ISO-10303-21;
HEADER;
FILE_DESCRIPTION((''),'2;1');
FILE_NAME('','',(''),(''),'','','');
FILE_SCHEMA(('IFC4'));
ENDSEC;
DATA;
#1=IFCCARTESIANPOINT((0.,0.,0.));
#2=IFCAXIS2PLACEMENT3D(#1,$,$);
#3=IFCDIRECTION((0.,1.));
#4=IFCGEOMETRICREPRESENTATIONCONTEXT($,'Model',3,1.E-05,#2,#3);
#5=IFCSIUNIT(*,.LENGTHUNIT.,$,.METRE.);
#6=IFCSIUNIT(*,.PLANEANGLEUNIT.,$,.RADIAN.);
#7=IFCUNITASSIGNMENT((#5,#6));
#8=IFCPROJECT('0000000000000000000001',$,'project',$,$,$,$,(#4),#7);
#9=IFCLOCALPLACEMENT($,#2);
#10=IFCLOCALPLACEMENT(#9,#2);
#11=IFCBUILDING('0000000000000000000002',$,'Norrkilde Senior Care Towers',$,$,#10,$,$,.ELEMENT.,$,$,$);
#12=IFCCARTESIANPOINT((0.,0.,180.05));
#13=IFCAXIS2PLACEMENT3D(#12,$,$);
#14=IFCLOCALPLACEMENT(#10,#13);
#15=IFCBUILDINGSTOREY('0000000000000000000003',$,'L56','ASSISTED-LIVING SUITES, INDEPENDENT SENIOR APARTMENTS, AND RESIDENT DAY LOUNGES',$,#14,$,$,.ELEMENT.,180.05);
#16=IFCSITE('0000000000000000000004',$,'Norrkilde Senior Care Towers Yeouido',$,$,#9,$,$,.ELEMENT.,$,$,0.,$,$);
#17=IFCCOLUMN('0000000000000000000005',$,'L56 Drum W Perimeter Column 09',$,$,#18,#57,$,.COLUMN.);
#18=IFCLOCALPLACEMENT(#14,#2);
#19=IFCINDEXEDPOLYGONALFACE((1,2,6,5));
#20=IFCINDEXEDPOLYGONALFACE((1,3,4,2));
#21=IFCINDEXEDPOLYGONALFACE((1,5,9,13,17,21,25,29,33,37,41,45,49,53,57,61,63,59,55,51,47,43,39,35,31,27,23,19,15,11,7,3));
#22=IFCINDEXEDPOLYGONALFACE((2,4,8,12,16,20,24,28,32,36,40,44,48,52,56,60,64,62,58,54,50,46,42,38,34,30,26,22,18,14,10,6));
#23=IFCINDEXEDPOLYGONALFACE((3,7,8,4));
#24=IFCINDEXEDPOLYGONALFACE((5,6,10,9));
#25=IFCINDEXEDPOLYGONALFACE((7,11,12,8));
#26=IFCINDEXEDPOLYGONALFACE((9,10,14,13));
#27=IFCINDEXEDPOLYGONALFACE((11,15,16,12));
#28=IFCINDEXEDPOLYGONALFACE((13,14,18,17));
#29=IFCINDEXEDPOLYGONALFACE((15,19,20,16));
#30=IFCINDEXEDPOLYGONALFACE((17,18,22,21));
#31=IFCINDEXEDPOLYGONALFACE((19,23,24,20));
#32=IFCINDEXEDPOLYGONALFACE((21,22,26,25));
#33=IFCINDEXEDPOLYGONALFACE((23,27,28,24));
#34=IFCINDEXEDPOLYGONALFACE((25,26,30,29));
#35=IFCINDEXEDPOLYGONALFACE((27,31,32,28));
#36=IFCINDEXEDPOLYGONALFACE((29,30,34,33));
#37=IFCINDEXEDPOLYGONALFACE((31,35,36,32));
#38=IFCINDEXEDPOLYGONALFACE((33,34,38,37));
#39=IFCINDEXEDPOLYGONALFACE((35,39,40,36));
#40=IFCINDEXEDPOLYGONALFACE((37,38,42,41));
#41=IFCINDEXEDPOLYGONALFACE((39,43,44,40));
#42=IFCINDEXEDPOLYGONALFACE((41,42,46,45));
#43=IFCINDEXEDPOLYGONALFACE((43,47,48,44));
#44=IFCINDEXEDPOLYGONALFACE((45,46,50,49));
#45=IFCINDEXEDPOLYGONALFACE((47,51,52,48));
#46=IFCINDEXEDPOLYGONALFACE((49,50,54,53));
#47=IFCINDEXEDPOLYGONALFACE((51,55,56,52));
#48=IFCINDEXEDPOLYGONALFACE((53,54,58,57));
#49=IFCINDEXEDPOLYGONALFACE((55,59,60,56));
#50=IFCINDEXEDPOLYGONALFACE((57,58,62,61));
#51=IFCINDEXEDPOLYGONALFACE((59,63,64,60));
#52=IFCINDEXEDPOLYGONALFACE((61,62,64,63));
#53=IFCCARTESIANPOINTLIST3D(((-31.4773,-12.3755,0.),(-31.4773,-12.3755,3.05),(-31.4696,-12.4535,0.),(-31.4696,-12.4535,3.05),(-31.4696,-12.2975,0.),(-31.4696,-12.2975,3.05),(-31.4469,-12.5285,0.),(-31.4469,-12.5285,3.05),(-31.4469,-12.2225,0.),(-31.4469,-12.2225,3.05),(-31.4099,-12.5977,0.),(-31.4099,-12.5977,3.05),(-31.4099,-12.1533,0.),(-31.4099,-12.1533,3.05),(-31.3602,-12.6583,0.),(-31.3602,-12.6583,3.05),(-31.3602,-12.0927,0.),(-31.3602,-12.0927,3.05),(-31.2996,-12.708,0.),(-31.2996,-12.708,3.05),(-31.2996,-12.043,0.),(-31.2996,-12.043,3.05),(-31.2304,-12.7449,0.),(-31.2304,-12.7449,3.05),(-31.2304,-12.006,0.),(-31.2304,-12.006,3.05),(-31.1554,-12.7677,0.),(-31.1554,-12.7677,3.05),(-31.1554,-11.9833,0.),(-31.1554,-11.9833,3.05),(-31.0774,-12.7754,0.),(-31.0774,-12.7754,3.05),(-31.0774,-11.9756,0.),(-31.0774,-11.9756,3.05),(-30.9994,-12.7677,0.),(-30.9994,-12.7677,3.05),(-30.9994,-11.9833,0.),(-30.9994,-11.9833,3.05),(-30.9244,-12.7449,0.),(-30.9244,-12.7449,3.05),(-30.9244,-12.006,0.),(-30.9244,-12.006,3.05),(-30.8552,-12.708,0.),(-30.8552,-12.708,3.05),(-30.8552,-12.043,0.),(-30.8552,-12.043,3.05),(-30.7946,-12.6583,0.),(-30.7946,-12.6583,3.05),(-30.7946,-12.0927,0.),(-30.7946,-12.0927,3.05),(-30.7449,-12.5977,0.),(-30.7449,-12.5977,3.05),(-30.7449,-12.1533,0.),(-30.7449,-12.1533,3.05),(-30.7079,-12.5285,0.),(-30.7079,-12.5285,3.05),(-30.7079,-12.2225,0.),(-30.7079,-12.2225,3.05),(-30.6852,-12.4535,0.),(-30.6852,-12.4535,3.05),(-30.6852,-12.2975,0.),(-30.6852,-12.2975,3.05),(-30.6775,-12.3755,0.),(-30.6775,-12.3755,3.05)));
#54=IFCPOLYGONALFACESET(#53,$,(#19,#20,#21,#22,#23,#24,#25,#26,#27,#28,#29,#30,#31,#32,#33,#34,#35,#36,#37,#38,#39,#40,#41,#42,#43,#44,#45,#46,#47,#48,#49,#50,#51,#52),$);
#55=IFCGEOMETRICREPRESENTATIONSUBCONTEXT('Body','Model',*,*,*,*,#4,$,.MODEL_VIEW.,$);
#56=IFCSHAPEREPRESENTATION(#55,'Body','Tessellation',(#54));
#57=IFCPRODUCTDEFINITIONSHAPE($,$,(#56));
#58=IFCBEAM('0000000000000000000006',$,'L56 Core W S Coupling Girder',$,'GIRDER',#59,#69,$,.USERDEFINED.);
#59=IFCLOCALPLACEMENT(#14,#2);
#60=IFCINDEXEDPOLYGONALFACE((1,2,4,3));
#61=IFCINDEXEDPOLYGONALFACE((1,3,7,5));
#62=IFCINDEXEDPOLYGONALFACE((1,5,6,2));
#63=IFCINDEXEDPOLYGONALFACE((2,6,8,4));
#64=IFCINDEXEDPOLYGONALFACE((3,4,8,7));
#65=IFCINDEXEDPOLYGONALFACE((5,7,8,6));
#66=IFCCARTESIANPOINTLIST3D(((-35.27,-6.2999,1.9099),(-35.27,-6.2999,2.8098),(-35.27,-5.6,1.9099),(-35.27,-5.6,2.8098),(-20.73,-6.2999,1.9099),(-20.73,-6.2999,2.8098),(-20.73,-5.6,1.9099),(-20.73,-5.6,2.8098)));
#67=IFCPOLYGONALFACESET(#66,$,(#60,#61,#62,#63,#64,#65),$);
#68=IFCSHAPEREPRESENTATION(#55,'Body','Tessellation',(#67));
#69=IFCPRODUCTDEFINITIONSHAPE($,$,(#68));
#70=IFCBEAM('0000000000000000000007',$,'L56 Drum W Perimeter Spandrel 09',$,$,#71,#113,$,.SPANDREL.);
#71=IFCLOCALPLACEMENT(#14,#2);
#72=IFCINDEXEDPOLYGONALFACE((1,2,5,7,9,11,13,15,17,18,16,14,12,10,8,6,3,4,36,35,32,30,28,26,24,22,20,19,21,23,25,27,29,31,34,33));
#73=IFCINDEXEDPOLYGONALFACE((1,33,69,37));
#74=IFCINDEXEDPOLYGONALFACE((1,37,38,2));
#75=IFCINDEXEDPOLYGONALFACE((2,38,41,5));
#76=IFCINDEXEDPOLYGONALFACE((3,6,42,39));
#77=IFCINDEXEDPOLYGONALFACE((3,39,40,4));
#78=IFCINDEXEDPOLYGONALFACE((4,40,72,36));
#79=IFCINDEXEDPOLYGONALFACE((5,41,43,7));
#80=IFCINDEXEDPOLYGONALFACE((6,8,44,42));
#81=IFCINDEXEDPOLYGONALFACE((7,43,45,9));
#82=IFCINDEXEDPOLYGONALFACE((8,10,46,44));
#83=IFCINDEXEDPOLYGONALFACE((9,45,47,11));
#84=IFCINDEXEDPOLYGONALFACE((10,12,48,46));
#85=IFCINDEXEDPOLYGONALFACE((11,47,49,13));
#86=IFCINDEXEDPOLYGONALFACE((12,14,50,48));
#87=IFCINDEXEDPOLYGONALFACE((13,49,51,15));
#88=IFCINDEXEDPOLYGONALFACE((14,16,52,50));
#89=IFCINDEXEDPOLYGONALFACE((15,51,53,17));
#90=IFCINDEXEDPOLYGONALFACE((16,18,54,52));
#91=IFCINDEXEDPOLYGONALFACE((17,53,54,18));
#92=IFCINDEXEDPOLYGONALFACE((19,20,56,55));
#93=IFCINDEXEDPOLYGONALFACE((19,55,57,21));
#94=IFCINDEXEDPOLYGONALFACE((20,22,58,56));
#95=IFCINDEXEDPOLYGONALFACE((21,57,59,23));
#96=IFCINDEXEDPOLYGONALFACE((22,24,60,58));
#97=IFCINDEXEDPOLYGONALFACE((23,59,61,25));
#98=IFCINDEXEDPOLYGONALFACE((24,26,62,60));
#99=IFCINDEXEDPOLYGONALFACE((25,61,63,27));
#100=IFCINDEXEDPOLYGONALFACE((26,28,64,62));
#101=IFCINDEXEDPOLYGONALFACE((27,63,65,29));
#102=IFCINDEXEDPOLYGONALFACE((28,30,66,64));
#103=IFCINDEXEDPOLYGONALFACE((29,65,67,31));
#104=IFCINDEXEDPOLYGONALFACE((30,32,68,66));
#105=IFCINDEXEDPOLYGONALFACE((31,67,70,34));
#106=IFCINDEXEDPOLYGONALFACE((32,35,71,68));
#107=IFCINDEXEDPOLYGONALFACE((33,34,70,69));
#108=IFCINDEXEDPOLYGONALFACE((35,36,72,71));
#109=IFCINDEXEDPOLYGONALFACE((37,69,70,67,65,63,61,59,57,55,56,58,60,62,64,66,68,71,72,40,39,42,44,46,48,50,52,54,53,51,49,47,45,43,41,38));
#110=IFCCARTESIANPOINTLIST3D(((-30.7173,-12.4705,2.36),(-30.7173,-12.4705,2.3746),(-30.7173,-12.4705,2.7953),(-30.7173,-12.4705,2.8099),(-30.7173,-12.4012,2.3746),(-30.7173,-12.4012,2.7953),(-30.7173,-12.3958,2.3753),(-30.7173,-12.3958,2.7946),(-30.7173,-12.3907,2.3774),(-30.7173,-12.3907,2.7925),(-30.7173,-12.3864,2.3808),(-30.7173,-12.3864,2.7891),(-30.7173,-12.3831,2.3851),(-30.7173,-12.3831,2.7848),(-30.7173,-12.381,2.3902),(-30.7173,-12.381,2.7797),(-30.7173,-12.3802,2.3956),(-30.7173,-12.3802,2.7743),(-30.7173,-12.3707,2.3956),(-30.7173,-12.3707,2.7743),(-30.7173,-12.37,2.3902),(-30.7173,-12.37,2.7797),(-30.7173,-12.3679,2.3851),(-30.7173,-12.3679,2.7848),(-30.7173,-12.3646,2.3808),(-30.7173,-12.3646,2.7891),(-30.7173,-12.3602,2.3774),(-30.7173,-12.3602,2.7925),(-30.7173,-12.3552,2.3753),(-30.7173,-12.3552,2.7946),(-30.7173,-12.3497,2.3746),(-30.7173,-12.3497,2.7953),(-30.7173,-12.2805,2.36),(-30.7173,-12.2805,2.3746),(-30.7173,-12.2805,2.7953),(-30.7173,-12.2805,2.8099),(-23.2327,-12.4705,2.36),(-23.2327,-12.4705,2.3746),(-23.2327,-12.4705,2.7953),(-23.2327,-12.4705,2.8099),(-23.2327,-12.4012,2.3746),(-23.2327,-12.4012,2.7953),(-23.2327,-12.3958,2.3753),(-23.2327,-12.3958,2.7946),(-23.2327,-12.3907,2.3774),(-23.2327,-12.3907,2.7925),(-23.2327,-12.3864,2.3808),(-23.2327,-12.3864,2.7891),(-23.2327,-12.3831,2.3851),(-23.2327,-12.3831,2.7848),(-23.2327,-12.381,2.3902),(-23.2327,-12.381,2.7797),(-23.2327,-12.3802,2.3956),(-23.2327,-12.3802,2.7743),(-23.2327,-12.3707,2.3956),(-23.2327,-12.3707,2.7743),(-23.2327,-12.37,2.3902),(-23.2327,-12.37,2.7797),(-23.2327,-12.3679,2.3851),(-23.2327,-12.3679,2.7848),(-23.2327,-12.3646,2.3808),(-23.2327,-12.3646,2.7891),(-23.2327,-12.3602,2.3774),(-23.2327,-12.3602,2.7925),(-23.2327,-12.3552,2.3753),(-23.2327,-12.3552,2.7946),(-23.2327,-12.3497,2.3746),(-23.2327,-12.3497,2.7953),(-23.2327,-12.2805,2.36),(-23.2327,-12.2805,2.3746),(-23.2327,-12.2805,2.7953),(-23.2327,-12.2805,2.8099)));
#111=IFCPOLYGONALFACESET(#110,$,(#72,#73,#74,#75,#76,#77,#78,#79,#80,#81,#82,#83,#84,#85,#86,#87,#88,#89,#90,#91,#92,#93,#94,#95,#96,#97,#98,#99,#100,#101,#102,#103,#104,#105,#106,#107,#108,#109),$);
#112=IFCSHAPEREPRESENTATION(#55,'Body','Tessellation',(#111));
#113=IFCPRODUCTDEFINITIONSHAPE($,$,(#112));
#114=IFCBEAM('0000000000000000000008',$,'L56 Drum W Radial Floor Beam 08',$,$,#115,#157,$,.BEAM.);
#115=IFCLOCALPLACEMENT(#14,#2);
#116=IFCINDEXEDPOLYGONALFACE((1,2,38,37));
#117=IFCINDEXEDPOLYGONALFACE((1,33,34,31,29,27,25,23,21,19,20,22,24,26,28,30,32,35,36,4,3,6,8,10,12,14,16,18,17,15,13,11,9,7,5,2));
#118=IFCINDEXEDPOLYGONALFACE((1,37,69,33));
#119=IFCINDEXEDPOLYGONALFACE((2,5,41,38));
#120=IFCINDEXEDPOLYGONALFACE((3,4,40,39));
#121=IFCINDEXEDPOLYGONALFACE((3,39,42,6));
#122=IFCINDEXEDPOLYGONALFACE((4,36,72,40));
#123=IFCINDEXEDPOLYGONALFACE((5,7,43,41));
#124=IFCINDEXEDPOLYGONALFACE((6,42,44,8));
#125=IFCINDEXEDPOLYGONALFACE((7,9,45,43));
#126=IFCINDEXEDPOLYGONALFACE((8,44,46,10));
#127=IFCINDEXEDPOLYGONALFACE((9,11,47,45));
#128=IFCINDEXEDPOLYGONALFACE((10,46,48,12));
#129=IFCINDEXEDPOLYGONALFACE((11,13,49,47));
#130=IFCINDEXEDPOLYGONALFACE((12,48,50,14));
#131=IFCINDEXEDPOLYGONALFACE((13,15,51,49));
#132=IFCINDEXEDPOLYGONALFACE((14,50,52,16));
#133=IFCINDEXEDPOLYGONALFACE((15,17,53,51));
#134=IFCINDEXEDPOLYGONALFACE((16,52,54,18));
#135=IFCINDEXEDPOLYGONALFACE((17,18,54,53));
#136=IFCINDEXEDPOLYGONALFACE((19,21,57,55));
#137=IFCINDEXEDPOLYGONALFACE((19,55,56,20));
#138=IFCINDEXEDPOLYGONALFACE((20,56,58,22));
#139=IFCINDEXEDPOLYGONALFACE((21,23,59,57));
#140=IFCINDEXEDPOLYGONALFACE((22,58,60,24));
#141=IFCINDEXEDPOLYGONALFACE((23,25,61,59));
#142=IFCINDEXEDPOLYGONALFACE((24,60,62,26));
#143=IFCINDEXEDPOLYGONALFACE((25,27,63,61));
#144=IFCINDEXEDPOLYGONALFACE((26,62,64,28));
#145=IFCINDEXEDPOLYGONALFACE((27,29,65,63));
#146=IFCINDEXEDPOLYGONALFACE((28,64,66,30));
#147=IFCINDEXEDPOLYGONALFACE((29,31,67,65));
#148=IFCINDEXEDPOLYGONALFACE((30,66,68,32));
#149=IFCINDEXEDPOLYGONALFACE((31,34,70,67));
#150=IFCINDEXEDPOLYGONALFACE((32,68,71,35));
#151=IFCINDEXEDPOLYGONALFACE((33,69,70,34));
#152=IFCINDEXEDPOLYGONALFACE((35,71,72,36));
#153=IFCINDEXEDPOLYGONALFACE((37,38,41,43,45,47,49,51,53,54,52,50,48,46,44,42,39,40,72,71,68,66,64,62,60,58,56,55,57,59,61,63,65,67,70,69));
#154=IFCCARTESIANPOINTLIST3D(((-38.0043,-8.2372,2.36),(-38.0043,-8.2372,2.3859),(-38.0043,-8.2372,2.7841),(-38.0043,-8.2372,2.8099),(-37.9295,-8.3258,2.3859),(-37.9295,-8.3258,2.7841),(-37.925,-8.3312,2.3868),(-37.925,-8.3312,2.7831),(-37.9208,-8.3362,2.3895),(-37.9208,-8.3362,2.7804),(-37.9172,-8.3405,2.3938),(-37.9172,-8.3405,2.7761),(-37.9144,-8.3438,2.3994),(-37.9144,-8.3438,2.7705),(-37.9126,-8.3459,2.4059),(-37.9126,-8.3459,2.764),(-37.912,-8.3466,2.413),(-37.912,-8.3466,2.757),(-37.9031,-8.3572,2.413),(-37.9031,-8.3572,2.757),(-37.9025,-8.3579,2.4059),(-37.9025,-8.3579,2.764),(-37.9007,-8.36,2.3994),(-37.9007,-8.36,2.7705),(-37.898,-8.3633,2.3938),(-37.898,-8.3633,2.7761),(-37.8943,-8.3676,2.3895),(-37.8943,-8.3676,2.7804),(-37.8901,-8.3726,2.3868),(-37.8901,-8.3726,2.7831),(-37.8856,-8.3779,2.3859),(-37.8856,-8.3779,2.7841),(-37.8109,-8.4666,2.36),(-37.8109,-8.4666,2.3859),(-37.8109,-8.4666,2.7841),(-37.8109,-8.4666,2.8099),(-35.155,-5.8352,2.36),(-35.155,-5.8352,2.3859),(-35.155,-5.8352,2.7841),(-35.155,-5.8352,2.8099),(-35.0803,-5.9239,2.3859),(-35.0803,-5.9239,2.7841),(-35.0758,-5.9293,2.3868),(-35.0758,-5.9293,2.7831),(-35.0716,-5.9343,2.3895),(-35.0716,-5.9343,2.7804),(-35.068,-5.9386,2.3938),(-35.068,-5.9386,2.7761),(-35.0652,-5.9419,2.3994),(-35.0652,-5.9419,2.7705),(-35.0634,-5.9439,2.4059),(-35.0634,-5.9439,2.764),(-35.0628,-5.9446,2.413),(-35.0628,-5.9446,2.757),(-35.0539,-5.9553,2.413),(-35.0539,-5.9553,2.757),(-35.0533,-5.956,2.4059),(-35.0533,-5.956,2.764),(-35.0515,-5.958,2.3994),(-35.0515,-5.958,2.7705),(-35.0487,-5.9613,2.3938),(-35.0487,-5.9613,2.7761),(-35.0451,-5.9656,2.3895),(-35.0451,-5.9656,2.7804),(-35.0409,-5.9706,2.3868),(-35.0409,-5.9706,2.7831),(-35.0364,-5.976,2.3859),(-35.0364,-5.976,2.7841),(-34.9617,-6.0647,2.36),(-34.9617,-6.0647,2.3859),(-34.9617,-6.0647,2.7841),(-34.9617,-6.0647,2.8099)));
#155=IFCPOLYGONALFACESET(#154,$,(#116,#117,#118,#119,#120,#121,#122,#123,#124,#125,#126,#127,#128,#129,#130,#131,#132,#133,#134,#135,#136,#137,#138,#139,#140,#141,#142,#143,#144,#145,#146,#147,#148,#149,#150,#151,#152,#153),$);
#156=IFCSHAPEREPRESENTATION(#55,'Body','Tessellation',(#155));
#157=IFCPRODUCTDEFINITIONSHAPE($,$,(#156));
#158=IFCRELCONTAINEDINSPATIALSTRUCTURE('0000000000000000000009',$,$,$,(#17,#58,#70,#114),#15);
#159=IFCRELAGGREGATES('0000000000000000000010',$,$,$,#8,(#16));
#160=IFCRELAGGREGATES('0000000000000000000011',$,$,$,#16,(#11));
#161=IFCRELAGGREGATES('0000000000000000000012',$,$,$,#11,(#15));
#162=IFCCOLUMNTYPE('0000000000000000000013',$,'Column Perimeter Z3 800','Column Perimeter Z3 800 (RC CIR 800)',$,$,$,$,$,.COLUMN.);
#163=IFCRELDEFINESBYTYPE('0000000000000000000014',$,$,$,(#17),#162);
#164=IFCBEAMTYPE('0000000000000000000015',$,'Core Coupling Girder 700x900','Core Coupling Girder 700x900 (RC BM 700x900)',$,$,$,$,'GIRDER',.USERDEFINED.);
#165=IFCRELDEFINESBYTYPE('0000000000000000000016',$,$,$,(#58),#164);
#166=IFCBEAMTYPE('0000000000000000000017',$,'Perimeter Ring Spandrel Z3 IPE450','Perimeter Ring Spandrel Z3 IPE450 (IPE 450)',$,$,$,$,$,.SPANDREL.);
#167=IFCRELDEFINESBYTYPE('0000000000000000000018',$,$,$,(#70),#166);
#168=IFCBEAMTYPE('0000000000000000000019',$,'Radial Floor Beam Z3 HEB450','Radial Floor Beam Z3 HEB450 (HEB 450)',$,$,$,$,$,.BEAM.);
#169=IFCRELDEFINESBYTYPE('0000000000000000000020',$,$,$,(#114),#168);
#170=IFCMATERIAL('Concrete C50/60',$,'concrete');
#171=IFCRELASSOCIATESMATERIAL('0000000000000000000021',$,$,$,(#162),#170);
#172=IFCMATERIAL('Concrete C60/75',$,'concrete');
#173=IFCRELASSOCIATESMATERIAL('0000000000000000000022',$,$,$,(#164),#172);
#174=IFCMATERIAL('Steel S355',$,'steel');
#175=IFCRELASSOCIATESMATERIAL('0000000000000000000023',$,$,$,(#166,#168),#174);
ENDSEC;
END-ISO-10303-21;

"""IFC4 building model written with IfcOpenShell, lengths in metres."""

from ifc_helpers import new_model, si_unit, direction, frame, origin, origin_2d, place, context, subcontext, project, spatial, rectangle, circle, i_section, extrude, source, transform, mapped, material, material_profile, profile_set, type_object, type_shapes, element, save


model = new_model("IFC4")

# Units and contexts
model_context = context("Model", 3, precision=1e-05, world=origin(), true_north=direction((0.0, 1.0)))
body_context = subcontext(model_context, "Body", "Model", "MODEL_VIEW")
ifc_project = project(units=[si_unit("LENGTHUNIT", "METRE"), si_unit("PLANEANGLEUNIT", "RADIAN")], contexts=[model_context])

# Site, building, storey
site_placement = place(None, origin())
site = spatial("IfcSite", under=ifc_project, at=site_placement, Name="Norrkilde Senior Care Towers Yeouido", CompositionType="ELEMENT", RefElevation=0.0)
building_placement = place(site_placement, origin())
building = spatial("IfcBuilding", under=site, at=building_placement, Name="Norrkilde Senior Care Towers", CompositionType="ELEMENT")
storey_placement = place(building_placement, frame((0.0, 0.0, 180.05)))
storey = spatial("IfcBuildingStorey", under=building, at=storey_placement, Name="L56", Description="ASSISTED-LIVING SUITES, INDEPENDENT SENIOR APARTMENTS, AND RESIDENT DAY LOUNGES", CompositionType="ELEMENT", Elevation=180.05)

# Column
ifc_material_1 = material(Name="Concrete C50/60", Category="concrete")
ifc_material_profile_1 = material_profile(ifc_material_1, circle(Radius=0.3999, at=origin_2d()), Name="RC CIR 800")
ifc_profile_set_1 = profile_set([ifc_material_profile_1], Name="Concrete C50/60")
column_type = type_object("IfcColumnType", Name="Column Perimeter Z3 800", Description="Column Perimeter Z3 800 (RC CIR 800)", PredefinedType="COLUMN", material=ifc_profile_set_1)
shared_shape_1 = source(origin(), body_context, "Body", "SweptSolid", [
    extrude(circle(Radius=0.3999, at=origin_2d()), origin(), (0.0, 0.0, 1.0), 3.05),
])
type_shapes(column_type, [shared_shape_1])
column_placement = place(storey_placement, frame((-31.0774, -12.3755, 0.0), z_axis=(0.0, 0.0, 1.0), x_axis=(1.0, 0.0, 0.0)))
element("IfcColumn", 1, at=column_placement, inside=storey, type_object=column_type, Name="L56 Drum W Perimeter Column 09", PredefinedType="COLUMN", context=body_context, shape_type="MappedRepresentation", body=[
    mapped(shared_shape_1, transform((0.0, 0.0, 0.0), x_axis=(1.0, 0.0, 0.0), y_axis=(0.0, 1.0, 0.0), z_axis=(0.0, 0.0, 1.0), scale=1.0)),
])

# Beams
ifc_material_2 = material(Name="Concrete C60/75", Category="concrete")
ifc_material_profile_2 = material_profile(ifc_material_2, rectangle(XDim=0.7, YDim=0.8999, at=origin_2d()), Name="RC BM 700x900")
ifc_profile_set_2 = profile_set([ifc_material_profile_2], Name="Concrete C60/75")
beam_type_1 = type_object("IfcBeamType", Name="Core Coupling Girder 700x900", Description="Core Coupling Girder 700x900 (RC BM 700x900)", ElementType="GIRDER", PredefinedType="USERDEFINED", material=ifc_profile_set_2)
shared_shape_2 = source(origin(), body_context, "Body", "SweptSolid", [
    extrude(rectangle(XDim=0.7, YDim=0.8999, at=origin_2d()), origin(), (0.0, 0.0, 1.0), 14.54),
])
type_shapes(beam_type_1, [shared_shape_2])
beam_1_placement = place(storey_placement, frame((-35.27, -5.95, 2.3599), z_axis=(1.0, 0.0, 0.0), x_axis=(0.0, 1.0, 0.0)))
element("IfcBeam", 2, at=beam_1_placement, inside=storey, type_object=beam_type_1, Name="L56 Core W S Coupling Girder", ObjectType="GIRDER", PredefinedType="USERDEFINED", context=body_context, shape_type="MappedRepresentation", body=[
    mapped(shared_shape_2, transform((0.0, 0.0, 0.0), x_axis=(1.0, 0.0, 0.0), y_axis=(0.0, 1.0, 0.0), z_axis=(0.0, 0.0, 1.0), scale=1.0)),
])
ifc_material_3 = material(Name="Steel S355", Category="steel")
ifc_material_profile_3 = material_profile(ifc_material_3, i_section(OverallWidth=0.1899, OverallDepth=0.45, WebThickness=0.0095, FlangeThickness=0.0146, FilletRadius=0.021, at=origin_2d()), Name="IPE 450")
ifc_profile_set_3 = profile_set([ifc_material_profile_3], Name="Steel S355")
beam_type_2 = type_object("IfcBeamType", Name="Perimeter Ring Spandrel Z3 IPE450", Description="Perimeter Ring Spandrel Z3 IPE450 (IPE 450)", PredefinedType="SPANDREL", material=ifc_profile_set_3)
shared_shape_3 = source(origin(), body_context, "Body", "SweptSolid", [
    extrude(i_section(OverallWidth=0.1899, OverallDepth=0.45, WebThickness=0.0095, FlangeThickness=0.0146, FilletRadius=0.021, at=origin_2d()), origin(), (0.0, 0.0, 1.0), 7.4846),
])
type_shapes(beam_type_2, [shared_shape_3])
beam_2_placement = place(storey_placement, frame((-30.7173, -12.3755, 2.585), z_axis=(1.0, 0.0, 0.0), x_axis=(0.0, 1.0, 0.0)))
element("IfcBeam", 3, at=beam_2_placement, inside=storey, type_object=beam_type_2, Name="L56 Drum W Perimeter Spandrel 09", PredefinedType="SPANDREL", context=body_context, shape_type="MappedRepresentation", body=[
    mapped(shared_shape_3, transform((0.0, 0.0, 0.0), x_axis=(1.0, 0.0, 0.0), y_axis=(0.0, 1.0, 0.0), z_axis=(0.0, 0.0, 1.0), scale=1.0)),
])
ifc_material_profile_4 = material_profile(ifc_material_3, i_section(OverallWidth=0.3, OverallDepth=0.45, WebThickness=0.0139, FlangeThickness=0.0259, FilletRadius=0.0271, at=origin_2d()), Name="HEB 450")
ifc_profile_set_4 = profile_set([ifc_material_profile_4], Name="Steel S355")
beam_type_3 = type_object("IfcBeamType", Name="Radial Floor Beam Z3 HEB450", Description="Radial Floor Beam Z3 HEB450 (HEB 450)", PredefinedType="BEAM", material=ifc_profile_set_4)
shared_shape_4 = source(origin(), body_context, "Body", "SweptSolid", [
    extrude(i_section(OverallWidth=0.3, OverallDepth=0.45, WebThickness=0.0139, FlangeThickness=0.0259, FilletRadius=0.0271, at=origin_2d()), origin(), (0.0, 0.0, 1.0), 3.7266),
])
beam_3_placement = place(storey_placement, frame((-35.0583, -5.95, 2.585), z_axis=(-0.764568, -0.644543, 0.0), x_axis=(0.644543, -0.764568, 0.0)))
element("IfcBeam", 4, at=beam_3_placement, inside=storey, type_object=beam_type_3, Name="L56 Drum W Radial Floor Beam 08", PredefinedType="BEAM", context=body_context, shape_type="MappedRepresentation", body=[
    mapped(shared_shape_4, transform((0.0, 0.0, 0.0), x_axis=(1.0, 0.0, 0.0), y_axis=(0.0, 1.0, 0.0), z_axis=(0.0, 0.0, 1.0), scale=1.0)),
])

save(model, "model.ifc")
